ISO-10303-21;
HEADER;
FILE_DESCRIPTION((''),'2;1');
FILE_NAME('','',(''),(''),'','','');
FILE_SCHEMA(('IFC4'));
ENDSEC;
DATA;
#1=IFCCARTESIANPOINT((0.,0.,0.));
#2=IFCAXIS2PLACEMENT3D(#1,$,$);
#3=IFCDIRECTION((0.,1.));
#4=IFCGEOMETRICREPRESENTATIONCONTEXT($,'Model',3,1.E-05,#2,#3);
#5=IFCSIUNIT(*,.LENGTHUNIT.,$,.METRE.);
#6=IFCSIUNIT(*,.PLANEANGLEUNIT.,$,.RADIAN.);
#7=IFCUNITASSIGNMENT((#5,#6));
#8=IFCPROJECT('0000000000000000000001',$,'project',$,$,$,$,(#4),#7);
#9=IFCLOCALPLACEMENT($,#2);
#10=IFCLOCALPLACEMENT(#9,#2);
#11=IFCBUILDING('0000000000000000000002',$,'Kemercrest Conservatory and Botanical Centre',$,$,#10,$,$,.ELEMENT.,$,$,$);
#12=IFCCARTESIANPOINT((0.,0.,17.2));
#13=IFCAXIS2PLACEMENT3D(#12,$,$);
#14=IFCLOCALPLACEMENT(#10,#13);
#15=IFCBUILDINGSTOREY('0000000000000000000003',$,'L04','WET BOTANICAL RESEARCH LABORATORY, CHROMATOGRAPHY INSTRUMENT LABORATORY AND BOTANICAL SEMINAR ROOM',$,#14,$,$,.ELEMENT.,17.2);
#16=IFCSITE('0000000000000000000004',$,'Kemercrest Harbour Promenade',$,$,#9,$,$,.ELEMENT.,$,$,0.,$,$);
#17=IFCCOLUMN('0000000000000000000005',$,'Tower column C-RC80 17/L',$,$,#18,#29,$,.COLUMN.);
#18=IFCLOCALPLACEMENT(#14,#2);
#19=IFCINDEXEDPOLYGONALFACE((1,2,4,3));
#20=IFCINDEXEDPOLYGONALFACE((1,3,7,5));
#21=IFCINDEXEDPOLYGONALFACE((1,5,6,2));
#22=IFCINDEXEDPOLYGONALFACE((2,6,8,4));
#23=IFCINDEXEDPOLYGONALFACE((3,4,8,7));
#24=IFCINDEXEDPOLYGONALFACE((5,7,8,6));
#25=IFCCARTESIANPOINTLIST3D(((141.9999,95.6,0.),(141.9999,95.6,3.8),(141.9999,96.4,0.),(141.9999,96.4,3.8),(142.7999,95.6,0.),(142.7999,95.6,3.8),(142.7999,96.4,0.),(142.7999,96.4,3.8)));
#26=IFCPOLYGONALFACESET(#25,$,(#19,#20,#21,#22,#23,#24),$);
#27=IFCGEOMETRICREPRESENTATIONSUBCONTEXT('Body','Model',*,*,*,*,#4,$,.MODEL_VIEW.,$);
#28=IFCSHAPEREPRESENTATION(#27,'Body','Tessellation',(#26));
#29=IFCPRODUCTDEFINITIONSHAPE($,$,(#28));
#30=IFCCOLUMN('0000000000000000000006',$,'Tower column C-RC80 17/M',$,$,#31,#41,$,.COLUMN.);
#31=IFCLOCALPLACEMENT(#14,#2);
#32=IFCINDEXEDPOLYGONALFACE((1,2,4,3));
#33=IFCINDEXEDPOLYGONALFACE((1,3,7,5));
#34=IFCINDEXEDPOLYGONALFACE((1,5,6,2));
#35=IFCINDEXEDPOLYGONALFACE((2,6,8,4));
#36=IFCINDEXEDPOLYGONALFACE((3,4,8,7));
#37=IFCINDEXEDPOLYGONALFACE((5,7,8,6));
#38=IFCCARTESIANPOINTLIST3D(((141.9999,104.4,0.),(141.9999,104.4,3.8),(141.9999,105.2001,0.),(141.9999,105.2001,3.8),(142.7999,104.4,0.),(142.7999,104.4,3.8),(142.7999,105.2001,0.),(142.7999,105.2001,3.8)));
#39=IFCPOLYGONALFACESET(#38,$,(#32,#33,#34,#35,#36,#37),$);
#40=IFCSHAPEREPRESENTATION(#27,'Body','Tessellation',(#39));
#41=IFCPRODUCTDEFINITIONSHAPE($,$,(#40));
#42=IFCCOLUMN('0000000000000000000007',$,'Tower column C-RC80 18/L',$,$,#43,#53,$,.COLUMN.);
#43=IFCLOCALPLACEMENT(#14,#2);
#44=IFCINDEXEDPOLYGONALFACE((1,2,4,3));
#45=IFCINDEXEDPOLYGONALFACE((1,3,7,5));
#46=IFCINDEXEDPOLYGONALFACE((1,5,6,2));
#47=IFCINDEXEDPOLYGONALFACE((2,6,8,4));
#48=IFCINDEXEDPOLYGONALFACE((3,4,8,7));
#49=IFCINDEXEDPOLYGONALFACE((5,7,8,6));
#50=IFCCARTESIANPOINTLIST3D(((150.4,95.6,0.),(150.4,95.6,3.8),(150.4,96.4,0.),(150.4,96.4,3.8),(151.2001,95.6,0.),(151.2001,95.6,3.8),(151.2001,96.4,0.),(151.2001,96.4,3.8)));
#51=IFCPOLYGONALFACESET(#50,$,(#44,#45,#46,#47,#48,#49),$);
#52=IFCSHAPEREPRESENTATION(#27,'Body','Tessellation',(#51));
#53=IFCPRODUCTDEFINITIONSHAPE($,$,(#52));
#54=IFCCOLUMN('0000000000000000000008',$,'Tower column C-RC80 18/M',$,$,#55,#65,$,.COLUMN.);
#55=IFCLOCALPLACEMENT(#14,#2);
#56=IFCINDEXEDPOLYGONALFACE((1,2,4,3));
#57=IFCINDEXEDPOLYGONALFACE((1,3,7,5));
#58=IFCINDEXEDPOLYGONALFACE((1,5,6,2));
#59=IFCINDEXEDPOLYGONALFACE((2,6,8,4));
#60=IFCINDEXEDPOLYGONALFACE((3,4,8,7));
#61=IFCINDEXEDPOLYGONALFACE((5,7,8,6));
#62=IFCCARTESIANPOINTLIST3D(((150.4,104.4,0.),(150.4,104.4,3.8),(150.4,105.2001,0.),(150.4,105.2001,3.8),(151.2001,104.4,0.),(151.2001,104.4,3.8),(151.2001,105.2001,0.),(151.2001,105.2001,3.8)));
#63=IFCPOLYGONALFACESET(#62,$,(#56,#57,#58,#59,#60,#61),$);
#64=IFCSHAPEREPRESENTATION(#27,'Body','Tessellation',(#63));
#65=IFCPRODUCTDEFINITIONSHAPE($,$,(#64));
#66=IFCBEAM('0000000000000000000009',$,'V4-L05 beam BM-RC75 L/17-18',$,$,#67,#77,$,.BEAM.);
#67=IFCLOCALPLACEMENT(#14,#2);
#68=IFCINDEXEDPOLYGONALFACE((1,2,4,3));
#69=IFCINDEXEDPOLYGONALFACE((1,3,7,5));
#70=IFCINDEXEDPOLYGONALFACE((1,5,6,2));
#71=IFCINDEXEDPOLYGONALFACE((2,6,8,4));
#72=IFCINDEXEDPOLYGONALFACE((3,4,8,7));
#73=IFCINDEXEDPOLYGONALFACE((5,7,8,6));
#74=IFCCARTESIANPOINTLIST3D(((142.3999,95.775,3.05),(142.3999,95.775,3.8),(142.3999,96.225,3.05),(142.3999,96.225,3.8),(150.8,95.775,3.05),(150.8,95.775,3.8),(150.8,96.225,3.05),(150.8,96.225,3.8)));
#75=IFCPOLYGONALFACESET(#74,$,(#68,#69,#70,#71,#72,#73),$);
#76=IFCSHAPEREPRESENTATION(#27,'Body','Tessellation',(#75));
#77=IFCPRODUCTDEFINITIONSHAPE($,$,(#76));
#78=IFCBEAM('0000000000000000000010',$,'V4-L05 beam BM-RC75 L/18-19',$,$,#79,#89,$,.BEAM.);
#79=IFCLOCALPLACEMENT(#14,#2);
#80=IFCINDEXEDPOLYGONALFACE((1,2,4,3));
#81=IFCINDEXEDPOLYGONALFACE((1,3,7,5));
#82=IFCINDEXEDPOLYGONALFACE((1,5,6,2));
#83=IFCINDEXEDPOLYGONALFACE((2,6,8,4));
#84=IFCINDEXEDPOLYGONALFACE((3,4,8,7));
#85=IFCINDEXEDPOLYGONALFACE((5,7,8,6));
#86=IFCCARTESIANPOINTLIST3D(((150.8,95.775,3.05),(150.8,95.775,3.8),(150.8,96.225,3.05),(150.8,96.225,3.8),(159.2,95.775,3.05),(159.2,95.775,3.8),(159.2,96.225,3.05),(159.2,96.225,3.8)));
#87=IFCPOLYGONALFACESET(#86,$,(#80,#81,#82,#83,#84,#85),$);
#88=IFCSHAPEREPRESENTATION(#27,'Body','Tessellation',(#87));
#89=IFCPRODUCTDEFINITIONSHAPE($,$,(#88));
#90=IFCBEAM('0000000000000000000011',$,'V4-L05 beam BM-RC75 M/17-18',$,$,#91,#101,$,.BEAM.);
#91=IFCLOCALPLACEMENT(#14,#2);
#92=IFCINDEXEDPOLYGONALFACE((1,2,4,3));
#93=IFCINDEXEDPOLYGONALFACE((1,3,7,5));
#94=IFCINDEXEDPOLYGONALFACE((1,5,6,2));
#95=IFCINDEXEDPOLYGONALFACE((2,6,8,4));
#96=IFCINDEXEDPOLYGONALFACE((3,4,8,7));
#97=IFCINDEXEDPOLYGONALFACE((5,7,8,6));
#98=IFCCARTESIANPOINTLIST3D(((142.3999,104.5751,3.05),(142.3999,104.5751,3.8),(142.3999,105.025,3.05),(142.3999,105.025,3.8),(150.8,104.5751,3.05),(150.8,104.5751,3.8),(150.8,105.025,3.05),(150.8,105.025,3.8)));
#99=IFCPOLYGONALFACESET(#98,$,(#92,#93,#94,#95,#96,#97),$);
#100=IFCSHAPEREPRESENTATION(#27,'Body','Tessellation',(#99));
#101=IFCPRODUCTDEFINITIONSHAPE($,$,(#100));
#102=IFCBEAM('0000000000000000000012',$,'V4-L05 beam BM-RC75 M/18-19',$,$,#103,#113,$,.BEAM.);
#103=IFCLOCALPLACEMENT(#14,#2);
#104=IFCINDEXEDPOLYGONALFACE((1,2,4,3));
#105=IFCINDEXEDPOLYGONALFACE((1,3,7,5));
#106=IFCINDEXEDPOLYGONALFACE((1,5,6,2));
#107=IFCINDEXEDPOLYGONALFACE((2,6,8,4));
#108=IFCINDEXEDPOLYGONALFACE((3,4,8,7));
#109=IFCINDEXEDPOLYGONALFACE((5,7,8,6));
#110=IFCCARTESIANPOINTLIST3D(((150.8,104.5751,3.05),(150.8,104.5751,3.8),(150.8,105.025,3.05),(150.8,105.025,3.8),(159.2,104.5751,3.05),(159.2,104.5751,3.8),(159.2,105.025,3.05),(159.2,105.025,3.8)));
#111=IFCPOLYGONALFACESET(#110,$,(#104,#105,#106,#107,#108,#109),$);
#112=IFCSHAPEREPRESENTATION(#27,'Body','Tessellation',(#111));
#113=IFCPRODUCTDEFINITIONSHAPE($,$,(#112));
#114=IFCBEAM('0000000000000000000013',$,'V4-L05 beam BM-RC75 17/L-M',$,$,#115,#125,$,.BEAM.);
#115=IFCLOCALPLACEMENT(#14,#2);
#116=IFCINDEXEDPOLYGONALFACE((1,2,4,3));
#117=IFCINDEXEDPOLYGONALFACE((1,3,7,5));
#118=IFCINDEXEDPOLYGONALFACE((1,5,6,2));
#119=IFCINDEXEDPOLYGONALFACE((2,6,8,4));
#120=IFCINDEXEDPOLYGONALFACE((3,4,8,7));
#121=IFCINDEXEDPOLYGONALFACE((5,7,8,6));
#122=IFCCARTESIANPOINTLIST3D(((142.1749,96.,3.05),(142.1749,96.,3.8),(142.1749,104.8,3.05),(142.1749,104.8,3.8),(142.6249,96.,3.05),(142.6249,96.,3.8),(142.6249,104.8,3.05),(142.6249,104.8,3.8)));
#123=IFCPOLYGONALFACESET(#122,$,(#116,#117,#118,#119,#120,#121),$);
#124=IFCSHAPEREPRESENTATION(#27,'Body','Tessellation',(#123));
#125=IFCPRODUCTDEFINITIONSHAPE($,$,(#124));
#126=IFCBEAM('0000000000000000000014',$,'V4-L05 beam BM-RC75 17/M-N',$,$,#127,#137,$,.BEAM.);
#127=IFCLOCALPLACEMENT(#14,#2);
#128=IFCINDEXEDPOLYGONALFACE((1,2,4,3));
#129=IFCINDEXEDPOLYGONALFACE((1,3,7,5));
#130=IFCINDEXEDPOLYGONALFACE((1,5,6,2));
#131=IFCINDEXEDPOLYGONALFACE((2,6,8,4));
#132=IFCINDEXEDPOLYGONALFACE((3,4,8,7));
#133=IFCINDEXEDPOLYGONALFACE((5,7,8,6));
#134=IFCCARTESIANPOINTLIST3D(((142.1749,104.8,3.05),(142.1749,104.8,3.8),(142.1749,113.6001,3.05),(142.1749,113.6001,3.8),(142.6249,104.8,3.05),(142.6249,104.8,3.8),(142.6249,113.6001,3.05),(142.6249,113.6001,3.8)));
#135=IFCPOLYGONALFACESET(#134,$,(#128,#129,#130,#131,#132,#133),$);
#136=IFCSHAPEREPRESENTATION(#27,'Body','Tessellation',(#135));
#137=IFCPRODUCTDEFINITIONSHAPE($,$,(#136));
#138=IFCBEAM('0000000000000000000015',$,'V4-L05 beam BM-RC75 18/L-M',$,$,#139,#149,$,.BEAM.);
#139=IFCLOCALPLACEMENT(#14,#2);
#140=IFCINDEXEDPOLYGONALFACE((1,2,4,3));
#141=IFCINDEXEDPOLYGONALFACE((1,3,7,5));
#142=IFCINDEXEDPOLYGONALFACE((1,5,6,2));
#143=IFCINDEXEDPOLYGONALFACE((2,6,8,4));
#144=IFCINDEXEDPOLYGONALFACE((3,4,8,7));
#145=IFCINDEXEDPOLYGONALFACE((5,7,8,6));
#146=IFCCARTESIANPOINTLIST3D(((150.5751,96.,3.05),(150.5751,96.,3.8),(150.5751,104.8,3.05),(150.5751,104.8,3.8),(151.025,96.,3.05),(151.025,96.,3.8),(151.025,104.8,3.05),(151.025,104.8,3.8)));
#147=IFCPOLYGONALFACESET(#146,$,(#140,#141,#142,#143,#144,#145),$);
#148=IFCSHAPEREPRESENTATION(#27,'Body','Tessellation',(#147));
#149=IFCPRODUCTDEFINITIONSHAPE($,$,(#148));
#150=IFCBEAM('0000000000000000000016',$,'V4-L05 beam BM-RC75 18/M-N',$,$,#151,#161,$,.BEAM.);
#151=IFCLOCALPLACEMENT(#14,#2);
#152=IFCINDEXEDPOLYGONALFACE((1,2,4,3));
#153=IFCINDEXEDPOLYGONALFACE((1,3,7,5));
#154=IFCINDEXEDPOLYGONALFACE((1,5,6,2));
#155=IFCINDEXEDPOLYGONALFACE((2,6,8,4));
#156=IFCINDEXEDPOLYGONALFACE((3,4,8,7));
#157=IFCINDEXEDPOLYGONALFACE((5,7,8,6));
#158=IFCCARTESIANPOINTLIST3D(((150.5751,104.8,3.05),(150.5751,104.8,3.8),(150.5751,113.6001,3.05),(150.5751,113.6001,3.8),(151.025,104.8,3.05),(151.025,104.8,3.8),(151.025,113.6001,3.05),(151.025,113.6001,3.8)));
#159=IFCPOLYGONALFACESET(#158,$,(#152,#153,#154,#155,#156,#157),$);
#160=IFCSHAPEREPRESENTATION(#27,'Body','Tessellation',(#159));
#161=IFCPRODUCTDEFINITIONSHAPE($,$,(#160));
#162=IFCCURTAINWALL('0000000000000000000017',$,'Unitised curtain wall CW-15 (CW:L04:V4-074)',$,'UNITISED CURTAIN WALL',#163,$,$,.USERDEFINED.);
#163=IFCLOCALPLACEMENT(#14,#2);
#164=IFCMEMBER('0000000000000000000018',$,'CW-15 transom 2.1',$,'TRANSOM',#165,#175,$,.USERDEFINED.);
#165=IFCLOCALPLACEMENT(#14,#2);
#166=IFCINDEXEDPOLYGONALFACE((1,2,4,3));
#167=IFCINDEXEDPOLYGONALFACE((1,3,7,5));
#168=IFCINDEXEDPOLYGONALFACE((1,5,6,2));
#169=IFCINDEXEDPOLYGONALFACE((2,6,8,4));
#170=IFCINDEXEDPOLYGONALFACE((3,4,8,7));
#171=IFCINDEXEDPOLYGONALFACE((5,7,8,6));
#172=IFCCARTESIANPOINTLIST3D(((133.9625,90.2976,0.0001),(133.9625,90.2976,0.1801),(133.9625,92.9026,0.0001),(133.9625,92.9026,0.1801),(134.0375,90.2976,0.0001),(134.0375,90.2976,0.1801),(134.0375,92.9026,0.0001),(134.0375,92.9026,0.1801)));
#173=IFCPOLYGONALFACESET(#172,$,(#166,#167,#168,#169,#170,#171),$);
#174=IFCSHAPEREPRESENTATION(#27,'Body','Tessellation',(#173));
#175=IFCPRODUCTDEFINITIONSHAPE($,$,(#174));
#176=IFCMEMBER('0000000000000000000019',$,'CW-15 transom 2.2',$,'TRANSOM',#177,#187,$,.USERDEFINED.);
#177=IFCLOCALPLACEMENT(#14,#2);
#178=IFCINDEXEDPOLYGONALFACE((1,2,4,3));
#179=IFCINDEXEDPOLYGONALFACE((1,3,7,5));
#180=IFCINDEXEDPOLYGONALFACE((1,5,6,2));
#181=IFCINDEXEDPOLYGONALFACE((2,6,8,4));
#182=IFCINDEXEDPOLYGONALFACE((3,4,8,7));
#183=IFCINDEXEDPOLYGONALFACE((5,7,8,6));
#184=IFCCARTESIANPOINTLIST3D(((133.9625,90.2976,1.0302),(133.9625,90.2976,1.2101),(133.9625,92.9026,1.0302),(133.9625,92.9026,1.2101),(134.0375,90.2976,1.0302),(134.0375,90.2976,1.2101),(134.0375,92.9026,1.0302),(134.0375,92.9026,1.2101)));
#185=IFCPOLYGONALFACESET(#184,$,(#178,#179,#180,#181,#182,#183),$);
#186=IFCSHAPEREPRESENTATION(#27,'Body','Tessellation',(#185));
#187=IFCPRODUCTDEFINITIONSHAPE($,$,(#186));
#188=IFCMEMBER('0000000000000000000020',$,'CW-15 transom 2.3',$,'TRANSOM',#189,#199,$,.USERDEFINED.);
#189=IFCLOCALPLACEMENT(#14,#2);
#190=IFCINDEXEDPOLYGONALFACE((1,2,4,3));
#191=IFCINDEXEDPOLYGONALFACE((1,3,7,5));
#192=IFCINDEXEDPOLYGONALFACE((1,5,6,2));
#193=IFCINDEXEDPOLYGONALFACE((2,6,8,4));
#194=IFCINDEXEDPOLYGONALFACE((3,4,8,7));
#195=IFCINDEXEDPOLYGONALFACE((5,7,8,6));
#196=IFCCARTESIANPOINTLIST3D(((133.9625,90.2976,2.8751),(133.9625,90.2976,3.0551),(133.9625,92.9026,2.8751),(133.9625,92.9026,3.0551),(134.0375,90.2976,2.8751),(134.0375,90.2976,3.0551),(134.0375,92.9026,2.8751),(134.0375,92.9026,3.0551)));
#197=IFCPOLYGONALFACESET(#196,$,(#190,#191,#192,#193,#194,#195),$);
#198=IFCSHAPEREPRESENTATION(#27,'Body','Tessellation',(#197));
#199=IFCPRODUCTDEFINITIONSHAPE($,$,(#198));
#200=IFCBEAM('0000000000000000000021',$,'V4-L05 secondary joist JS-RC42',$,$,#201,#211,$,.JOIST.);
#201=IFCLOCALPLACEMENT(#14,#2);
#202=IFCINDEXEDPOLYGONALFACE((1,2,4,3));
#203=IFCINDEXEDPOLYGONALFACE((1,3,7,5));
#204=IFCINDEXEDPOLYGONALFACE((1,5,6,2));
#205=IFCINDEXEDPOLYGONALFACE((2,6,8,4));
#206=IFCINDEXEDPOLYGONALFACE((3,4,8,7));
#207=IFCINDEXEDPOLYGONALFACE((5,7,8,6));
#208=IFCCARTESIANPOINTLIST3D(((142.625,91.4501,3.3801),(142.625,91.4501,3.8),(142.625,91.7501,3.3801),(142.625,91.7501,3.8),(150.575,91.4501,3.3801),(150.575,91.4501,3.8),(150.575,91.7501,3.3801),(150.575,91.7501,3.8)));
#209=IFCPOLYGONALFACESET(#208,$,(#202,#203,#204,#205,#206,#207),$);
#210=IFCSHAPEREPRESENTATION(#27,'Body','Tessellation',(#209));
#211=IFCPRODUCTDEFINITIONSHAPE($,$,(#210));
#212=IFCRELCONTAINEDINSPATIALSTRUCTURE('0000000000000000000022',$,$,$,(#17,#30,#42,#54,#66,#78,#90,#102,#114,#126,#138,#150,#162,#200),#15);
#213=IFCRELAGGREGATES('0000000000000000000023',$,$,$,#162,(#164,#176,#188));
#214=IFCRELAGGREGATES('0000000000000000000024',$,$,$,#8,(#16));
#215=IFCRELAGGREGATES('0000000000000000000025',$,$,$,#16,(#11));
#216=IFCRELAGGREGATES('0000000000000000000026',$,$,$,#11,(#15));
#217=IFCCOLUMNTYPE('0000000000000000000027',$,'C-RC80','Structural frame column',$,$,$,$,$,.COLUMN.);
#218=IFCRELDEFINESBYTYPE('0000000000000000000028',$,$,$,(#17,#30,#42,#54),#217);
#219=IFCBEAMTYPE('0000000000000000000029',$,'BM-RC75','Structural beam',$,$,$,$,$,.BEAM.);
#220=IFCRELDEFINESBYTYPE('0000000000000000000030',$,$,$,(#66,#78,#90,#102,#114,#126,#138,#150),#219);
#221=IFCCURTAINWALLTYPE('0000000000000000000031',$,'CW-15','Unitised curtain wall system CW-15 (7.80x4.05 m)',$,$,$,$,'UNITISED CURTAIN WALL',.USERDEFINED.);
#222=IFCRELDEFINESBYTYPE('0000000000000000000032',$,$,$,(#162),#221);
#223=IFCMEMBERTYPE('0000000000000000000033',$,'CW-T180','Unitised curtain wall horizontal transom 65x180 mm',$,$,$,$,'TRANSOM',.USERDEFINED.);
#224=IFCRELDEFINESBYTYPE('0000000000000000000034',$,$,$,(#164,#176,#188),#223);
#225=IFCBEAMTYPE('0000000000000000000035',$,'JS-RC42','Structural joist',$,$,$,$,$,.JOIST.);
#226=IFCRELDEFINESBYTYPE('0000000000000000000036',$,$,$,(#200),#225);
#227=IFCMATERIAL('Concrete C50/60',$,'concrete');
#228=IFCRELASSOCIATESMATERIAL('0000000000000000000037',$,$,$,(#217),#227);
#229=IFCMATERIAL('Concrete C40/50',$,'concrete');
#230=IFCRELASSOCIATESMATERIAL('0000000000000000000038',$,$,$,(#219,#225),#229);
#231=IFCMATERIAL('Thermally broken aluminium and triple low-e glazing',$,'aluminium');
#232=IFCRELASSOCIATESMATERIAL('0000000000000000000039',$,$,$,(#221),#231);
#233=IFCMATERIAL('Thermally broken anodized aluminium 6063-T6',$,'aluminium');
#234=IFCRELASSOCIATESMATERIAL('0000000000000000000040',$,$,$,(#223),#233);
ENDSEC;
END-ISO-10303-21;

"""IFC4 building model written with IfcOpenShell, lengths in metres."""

from ifc_helpers import new_model, si_unit, direction, frame, origin, origin_2d, place, context, subcontext, project, spatial, rectangle, extrude, material, material_profile, profile_set, type_object, element, aggregate, save


model = new_model("IFC4")

# Units and contexts
model_context = context("Model", 3, precision=1e-05, world=origin(), true_north=direction((0.0, 1.0)))
body_context = subcontext(model_context, "Body", "Model", "MODEL_VIEW")
ifc_project = project(units=[si_unit("LENGTHUNIT", "METRE"), si_unit("PLANEANGLEUNIT", "RADIAN")], contexts=[model_context])

# Site, building, storey
site_placement = place(None, origin())
site = spatial("IfcSite", under=ifc_project, at=site_placement, Name="Kemercrest Harbour Promenade", CompositionType="ELEMENT", RefElevation=0.0)
building_placement = place(site_placement, origin())
building = spatial("IfcBuilding", under=site, at=building_placement, Name="Kemercrest Conservatory and Botanical Centre", CompositionType="ELEMENT")
storey_placement = place(building_placement, frame((0.0, 0.0, 17.2)))
storey = spatial("IfcBuildingStorey", under=building, at=storey_placement, Name="L04", Description="WET BOTANICAL RESEARCH LABORATORY, CHROMATOGRAPHY INSTRUMENT LABORATORY AND BOTANICAL SEMINAR ROOM", CompositionType="ELEMENT", Elevation=17.2)

# Columns
ifc_material_1 = material(Name="Concrete C50/60", Category="concrete")
ifc_material_profile_1 = material_profile(ifc_material_1, rectangle(XDim=0.8, YDim=0.8, at=origin_2d()), Name="RC 800x800")
ifc_profile_set_1 = profile_set([ifc_material_profile_1], Name="Concrete C50/60")
column_type = type_object("IfcColumnType", Name="C-RC80", Description="Structural frame column", PredefinedType="COLUMN", material=ifc_profile_set_1)
for number, where, z_axis, x_axis, name in (
    (1, (142.3999, 96.0, 0.0), (0.0, 0.0, 1.0), (1.0, 0.0, 0.0), "Tower column C-RC80 17/L"),
    (2, (142.3999, 104.8, 0.0), (0.0, 0.0, 1.0), (1.0, 0.0, 0.0), "Tower column C-RC80 17/M"),
    (3, (150.8, 96.0, 0.0), (0.0, 0.0, 1.0), (1.0, 0.0, 0.0), "Tower column C-RC80 18/L"),
    (4, (150.8, 104.8, 0.0), (0.0, 0.0, 1.0), (1.0, 0.0, 0.0), "Tower column C-RC80 18/M"),
):
    element("IfcColumn", number, at=place(storey_placement, frame(where, z_axis=z_axis, x_axis=x_axis)), inside=storey, type_object=column_type, Name=name, PredefinedType="COLUMN", context=body_context, shape_type="SweptSolid", body=[
        extrude(rectangle(XDim=0.8, YDim=0.8, at=origin_2d()), origin(), (0.0, 0.0, 1.0), 3.8),
    ])

# Beams
ifc_material_2 = material(Name="Concrete C40/50", Category="concrete")
ifc_material_profile_2 = material_profile(ifc_material_2, rectangle(XDim=0.45, YDim=0.75, at=origin_2d()), Name="RC 450x750")
ifc_profile_set_2 = profile_set([ifc_material_profile_2], Name="Concrete C40/50")
beam_type_1 = type_object("IfcBeamType", Name="BM-RC75", Description="Structural beam", PredefinedType="BEAM", material=ifc_profile_set_2)
beam_1_placement = place(storey_placement, frame((142.3999, 96.0, 3.425), z_axis=(1.0, 0.0, 0.0), x_axis=(0.0, 1.0, 0.0)))
element("IfcBeam", 5, at=beam_1_placement, inside=storey, type_object=beam_type_1, Name="V4-L05 beam BM-RC75 L/17-18", PredefinedType="BEAM", context=body_context, shape_type="SweptSolid", body=[
    extrude(rectangle(XDim=0.45, YDim=0.75, at=origin_2d()), origin(), (0.0, 0.0, 1.0), 8.4001),
])
beam_2_placement = place(storey_placement, frame((150.8, 96.0, 3.425), z_axis=(1.0, 0.0, 0.0), x_axis=(0.0, 1.0, 0.0)))
element("IfcBeam", 6, at=beam_2_placement, inside=storey, type_object=beam_type_1, Name="V4-L05 beam BM-RC75 L/18-19", PredefinedType="BEAM", context=body_context, shape_type="SweptSolid", body=[
    extrude(rectangle(XDim=0.45, YDim=0.75, at=origin_2d()), origin(), (0.0, 0.0, 1.0), 8.3999),
])
beam_3_placement = place(storey_placement, frame((142.3999, 104.8, 3.425), z_axis=(1.0, 0.0, 0.0), x_axis=(0.0, 1.0, 0.0)))
element("IfcBeam", 7, at=beam_3_placement, inside=storey, type_object=beam_type_1, Name="V4-L05 beam BM-RC75 M/17-18", PredefinedType="BEAM", context=body_context, shape_type="SweptSolid", body=[
    extrude(rectangle(XDim=0.45, YDim=0.75, at=origin_2d()), origin(), (0.0, 0.0, 1.0), 8.4001),
])
beam_4_placement = place(storey_placement, frame((150.8, 104.8, 3.425), z_axis=(1.0, 0.0, 0.0), x_axis=(0.0, 1.0, 0.0)))
element("IfcBeam", 8, at=beam_4_placement, inside=storey, type_object=beam_type_1, Name="V4-L05 beam BM-RC75 M/18-19", PredefinedType="BEAM", context=body_context, shape_type="SweptSolid", body=[
    extrude(rectangle(XDim=0.45, YDim=0.75, at=origin_2d()), origin(), (0.0, 0.0, 1.0), 8.3999),
])
for number, where, z_axis, x_axis, name in (
    (9, (142.3999, 96.0, 3.425), (0.0, 1.0, 0.0), (-1.0, 0.0, 0.0), "V4-L05 beam BM-RC75 17/L-M"),
    (10, (142.3999, 104.8, 3.425), (0.0, 1.0, 0.0), (-1.0, 0.0, 0.0), "V4-L05 beam BM-RC75 17/M-N"),
    (11, (150.8, 96.0, 3.425), (0.0, 1.0, 0.0), (-1.0, 0.0, 0.0), "V4-L05 beam BM-RC75 18/L-M"),
    (12, (150.8, 104.8, 3.425), (0.0, 1.0, 0.0), (-1.0, 0.0, 0.0), "V4-L05 beam BM-RC75 18/M-N"),
):
    element("IfcBeam", number, at=place(storey_placement, frame(where, z_axis=z_axis, x_axis=x_axis)), inside=storey, type_object=beam_type_1, Name=name, PredefinedType="BEAM", context=body_context, shape_type="SweptSolid", body=[
        extrude(rectangle(XDim=0.45, YDim=0.75, at=origin_2d()), origin(), (0.0, 0.0, 1.0), 8.8),
    ])

# Curtain wall, members
ifc_material_3 = material(Name="Thermally broken aluminium and triple low-e glazing", Category="aluminium")
curtain_wall_type = type_object("IfcCurtainWallType", Name="CW-15", Description="Unitised curtain wall system CW-15 (7.80x4.05 m)", ElementType="UNITISED CURTAIN WALL", PredefinedType="USERDEFINED", material=ifc_material_3)
curtain_wall_placement = place(storey_placement, origin())
curtain_wall = element("IfcCurtainWall", 13, at=curtain_wall_placement, inside=storey, type_object=curtain_wall_type, Name="Unitised curtain wall CW-15 (CW:L04:V4-074)", ObjectType="UNITISED CURTAIN WALL", PredefinedType="USERDEFINED")
ifc_material_4 = material(Name="Thermally broken anodized aluminium 6063-T6", Category="aluminium")
ifc_material_profile_3 = material_profile(ifc_material_4, rectangle(XDim=0.075, YDim=0.1799, at=origin_2d()), Name="AL TRANSOM 75x180")
ifc_profile_set_3 = profile_set([ifc_material_profile_3], Name="Thermally broken anodized aluminium 6063-T6")
member_type = type_object("IfcMemberType", Name="CW-T180", Description="Unitised curtain wall horizontal transom 65x180 mm", ElementType="TRANSOM", PredefinedType="USERDEFINED", material=ifc_profile_set_3)
member_1_placement = place(storey_placement, frame((134.0, 92.9026, 0.0901), z_axis=(0.0, -1.0, 0.0), x_axis=(1.0, 0.0, 0.0)))
member_1 = element("IfcMember", 14, at=member_1_placement, type_object=member_type, Name="CW-15 transom 2.1", ObjectType="TRANSOM", PredefinedType="USERDEFINED", context=body_context, shape_type="SweptSolid", body=[
    extrude(rectangle(XDim=0.075, YDim=0.1799, at=origin_2d()), origin(), (0.0, 0.0, 1.0), 2.605),
])
member_2_placement = place(storey_placement, frame((134.0, 92.9026, 1.1201), z_axis=(0.0, -1.0, 0.0), x_axis=(1.0, 0.0, 0.0)))
member_2 = element("IfcMember", 15, at=member_2_placement, type_object=member_type, Name="CW-15 transom 2.2", ObjectType="TRANSOM", PredefinedType="USERDEFINED", context=body_context, shape_type="SweptSolid", body=[
    extrude(rectangle(XDim=0.075, YDim=0.1799, at=origin_2d()), origin(), (0.0, 0.0, 1.0), 2.605),
])
member_3_placement = place(storey_placement, frame((134.0, 92.9026, 2.9651), z_axis=(0.0, -1.0, 0.0), x_axis=(1.0, 0.0, 0.0)))
member_3 = element("IfcMember", 16, at=member_3_placement, type_object=member_type, Name="CW-15 transom 2.3", ObjectType="TRANSOM", PredefinedType="USERDEFINED", context=body_context, shape_type="SweptSolid", body=[
    extrude(rectangle(XDim=0.075, YDim=0.1799, at=origin_2d()), origin(), (0.0, 0.0, 1.0), 2.605),
])

# Beam
ifc_material_profile_4 = material_profile(ifc_material_2, rectangle(XDim=0.3, YDim=0.4199, at=origin_2d()), Name="RC 300x420")
ifc_profile_set_4 = profile_set([ifc_material_profile_4], Name="Concrete C40/50")
beam_type_2 = type_object("IfcBeamType", Name="JS-RC42", Description="Structural joist", PredefinedType="JOIST", material=ifc_profile_set_4)
beam_5_placement = place(storey_placement, frame((142.625, 91.6001, 3.5901), z_axis=(1.0, 0.0, 0.0), x_axis=(0.0, 1.0, 0.0)))
element("IfcBeam", 17, at=beam_5_placement, inside=storey, type_object=beam_type_2, Name="V4-L05 secondary joist JS-RC42", PredefinedType="JOIST", context=body_context, shape_type="SweptSolid", body=[
    extrude(rectangle(XDim=0.3, YDim=0.4199, at=origin_2d()), origin(), (0.0, 0.0, 1.0), 7.95),
])

aggregate(curtain_wall, [member_1, member_2, member_3])

save(model, "model.ifc")
